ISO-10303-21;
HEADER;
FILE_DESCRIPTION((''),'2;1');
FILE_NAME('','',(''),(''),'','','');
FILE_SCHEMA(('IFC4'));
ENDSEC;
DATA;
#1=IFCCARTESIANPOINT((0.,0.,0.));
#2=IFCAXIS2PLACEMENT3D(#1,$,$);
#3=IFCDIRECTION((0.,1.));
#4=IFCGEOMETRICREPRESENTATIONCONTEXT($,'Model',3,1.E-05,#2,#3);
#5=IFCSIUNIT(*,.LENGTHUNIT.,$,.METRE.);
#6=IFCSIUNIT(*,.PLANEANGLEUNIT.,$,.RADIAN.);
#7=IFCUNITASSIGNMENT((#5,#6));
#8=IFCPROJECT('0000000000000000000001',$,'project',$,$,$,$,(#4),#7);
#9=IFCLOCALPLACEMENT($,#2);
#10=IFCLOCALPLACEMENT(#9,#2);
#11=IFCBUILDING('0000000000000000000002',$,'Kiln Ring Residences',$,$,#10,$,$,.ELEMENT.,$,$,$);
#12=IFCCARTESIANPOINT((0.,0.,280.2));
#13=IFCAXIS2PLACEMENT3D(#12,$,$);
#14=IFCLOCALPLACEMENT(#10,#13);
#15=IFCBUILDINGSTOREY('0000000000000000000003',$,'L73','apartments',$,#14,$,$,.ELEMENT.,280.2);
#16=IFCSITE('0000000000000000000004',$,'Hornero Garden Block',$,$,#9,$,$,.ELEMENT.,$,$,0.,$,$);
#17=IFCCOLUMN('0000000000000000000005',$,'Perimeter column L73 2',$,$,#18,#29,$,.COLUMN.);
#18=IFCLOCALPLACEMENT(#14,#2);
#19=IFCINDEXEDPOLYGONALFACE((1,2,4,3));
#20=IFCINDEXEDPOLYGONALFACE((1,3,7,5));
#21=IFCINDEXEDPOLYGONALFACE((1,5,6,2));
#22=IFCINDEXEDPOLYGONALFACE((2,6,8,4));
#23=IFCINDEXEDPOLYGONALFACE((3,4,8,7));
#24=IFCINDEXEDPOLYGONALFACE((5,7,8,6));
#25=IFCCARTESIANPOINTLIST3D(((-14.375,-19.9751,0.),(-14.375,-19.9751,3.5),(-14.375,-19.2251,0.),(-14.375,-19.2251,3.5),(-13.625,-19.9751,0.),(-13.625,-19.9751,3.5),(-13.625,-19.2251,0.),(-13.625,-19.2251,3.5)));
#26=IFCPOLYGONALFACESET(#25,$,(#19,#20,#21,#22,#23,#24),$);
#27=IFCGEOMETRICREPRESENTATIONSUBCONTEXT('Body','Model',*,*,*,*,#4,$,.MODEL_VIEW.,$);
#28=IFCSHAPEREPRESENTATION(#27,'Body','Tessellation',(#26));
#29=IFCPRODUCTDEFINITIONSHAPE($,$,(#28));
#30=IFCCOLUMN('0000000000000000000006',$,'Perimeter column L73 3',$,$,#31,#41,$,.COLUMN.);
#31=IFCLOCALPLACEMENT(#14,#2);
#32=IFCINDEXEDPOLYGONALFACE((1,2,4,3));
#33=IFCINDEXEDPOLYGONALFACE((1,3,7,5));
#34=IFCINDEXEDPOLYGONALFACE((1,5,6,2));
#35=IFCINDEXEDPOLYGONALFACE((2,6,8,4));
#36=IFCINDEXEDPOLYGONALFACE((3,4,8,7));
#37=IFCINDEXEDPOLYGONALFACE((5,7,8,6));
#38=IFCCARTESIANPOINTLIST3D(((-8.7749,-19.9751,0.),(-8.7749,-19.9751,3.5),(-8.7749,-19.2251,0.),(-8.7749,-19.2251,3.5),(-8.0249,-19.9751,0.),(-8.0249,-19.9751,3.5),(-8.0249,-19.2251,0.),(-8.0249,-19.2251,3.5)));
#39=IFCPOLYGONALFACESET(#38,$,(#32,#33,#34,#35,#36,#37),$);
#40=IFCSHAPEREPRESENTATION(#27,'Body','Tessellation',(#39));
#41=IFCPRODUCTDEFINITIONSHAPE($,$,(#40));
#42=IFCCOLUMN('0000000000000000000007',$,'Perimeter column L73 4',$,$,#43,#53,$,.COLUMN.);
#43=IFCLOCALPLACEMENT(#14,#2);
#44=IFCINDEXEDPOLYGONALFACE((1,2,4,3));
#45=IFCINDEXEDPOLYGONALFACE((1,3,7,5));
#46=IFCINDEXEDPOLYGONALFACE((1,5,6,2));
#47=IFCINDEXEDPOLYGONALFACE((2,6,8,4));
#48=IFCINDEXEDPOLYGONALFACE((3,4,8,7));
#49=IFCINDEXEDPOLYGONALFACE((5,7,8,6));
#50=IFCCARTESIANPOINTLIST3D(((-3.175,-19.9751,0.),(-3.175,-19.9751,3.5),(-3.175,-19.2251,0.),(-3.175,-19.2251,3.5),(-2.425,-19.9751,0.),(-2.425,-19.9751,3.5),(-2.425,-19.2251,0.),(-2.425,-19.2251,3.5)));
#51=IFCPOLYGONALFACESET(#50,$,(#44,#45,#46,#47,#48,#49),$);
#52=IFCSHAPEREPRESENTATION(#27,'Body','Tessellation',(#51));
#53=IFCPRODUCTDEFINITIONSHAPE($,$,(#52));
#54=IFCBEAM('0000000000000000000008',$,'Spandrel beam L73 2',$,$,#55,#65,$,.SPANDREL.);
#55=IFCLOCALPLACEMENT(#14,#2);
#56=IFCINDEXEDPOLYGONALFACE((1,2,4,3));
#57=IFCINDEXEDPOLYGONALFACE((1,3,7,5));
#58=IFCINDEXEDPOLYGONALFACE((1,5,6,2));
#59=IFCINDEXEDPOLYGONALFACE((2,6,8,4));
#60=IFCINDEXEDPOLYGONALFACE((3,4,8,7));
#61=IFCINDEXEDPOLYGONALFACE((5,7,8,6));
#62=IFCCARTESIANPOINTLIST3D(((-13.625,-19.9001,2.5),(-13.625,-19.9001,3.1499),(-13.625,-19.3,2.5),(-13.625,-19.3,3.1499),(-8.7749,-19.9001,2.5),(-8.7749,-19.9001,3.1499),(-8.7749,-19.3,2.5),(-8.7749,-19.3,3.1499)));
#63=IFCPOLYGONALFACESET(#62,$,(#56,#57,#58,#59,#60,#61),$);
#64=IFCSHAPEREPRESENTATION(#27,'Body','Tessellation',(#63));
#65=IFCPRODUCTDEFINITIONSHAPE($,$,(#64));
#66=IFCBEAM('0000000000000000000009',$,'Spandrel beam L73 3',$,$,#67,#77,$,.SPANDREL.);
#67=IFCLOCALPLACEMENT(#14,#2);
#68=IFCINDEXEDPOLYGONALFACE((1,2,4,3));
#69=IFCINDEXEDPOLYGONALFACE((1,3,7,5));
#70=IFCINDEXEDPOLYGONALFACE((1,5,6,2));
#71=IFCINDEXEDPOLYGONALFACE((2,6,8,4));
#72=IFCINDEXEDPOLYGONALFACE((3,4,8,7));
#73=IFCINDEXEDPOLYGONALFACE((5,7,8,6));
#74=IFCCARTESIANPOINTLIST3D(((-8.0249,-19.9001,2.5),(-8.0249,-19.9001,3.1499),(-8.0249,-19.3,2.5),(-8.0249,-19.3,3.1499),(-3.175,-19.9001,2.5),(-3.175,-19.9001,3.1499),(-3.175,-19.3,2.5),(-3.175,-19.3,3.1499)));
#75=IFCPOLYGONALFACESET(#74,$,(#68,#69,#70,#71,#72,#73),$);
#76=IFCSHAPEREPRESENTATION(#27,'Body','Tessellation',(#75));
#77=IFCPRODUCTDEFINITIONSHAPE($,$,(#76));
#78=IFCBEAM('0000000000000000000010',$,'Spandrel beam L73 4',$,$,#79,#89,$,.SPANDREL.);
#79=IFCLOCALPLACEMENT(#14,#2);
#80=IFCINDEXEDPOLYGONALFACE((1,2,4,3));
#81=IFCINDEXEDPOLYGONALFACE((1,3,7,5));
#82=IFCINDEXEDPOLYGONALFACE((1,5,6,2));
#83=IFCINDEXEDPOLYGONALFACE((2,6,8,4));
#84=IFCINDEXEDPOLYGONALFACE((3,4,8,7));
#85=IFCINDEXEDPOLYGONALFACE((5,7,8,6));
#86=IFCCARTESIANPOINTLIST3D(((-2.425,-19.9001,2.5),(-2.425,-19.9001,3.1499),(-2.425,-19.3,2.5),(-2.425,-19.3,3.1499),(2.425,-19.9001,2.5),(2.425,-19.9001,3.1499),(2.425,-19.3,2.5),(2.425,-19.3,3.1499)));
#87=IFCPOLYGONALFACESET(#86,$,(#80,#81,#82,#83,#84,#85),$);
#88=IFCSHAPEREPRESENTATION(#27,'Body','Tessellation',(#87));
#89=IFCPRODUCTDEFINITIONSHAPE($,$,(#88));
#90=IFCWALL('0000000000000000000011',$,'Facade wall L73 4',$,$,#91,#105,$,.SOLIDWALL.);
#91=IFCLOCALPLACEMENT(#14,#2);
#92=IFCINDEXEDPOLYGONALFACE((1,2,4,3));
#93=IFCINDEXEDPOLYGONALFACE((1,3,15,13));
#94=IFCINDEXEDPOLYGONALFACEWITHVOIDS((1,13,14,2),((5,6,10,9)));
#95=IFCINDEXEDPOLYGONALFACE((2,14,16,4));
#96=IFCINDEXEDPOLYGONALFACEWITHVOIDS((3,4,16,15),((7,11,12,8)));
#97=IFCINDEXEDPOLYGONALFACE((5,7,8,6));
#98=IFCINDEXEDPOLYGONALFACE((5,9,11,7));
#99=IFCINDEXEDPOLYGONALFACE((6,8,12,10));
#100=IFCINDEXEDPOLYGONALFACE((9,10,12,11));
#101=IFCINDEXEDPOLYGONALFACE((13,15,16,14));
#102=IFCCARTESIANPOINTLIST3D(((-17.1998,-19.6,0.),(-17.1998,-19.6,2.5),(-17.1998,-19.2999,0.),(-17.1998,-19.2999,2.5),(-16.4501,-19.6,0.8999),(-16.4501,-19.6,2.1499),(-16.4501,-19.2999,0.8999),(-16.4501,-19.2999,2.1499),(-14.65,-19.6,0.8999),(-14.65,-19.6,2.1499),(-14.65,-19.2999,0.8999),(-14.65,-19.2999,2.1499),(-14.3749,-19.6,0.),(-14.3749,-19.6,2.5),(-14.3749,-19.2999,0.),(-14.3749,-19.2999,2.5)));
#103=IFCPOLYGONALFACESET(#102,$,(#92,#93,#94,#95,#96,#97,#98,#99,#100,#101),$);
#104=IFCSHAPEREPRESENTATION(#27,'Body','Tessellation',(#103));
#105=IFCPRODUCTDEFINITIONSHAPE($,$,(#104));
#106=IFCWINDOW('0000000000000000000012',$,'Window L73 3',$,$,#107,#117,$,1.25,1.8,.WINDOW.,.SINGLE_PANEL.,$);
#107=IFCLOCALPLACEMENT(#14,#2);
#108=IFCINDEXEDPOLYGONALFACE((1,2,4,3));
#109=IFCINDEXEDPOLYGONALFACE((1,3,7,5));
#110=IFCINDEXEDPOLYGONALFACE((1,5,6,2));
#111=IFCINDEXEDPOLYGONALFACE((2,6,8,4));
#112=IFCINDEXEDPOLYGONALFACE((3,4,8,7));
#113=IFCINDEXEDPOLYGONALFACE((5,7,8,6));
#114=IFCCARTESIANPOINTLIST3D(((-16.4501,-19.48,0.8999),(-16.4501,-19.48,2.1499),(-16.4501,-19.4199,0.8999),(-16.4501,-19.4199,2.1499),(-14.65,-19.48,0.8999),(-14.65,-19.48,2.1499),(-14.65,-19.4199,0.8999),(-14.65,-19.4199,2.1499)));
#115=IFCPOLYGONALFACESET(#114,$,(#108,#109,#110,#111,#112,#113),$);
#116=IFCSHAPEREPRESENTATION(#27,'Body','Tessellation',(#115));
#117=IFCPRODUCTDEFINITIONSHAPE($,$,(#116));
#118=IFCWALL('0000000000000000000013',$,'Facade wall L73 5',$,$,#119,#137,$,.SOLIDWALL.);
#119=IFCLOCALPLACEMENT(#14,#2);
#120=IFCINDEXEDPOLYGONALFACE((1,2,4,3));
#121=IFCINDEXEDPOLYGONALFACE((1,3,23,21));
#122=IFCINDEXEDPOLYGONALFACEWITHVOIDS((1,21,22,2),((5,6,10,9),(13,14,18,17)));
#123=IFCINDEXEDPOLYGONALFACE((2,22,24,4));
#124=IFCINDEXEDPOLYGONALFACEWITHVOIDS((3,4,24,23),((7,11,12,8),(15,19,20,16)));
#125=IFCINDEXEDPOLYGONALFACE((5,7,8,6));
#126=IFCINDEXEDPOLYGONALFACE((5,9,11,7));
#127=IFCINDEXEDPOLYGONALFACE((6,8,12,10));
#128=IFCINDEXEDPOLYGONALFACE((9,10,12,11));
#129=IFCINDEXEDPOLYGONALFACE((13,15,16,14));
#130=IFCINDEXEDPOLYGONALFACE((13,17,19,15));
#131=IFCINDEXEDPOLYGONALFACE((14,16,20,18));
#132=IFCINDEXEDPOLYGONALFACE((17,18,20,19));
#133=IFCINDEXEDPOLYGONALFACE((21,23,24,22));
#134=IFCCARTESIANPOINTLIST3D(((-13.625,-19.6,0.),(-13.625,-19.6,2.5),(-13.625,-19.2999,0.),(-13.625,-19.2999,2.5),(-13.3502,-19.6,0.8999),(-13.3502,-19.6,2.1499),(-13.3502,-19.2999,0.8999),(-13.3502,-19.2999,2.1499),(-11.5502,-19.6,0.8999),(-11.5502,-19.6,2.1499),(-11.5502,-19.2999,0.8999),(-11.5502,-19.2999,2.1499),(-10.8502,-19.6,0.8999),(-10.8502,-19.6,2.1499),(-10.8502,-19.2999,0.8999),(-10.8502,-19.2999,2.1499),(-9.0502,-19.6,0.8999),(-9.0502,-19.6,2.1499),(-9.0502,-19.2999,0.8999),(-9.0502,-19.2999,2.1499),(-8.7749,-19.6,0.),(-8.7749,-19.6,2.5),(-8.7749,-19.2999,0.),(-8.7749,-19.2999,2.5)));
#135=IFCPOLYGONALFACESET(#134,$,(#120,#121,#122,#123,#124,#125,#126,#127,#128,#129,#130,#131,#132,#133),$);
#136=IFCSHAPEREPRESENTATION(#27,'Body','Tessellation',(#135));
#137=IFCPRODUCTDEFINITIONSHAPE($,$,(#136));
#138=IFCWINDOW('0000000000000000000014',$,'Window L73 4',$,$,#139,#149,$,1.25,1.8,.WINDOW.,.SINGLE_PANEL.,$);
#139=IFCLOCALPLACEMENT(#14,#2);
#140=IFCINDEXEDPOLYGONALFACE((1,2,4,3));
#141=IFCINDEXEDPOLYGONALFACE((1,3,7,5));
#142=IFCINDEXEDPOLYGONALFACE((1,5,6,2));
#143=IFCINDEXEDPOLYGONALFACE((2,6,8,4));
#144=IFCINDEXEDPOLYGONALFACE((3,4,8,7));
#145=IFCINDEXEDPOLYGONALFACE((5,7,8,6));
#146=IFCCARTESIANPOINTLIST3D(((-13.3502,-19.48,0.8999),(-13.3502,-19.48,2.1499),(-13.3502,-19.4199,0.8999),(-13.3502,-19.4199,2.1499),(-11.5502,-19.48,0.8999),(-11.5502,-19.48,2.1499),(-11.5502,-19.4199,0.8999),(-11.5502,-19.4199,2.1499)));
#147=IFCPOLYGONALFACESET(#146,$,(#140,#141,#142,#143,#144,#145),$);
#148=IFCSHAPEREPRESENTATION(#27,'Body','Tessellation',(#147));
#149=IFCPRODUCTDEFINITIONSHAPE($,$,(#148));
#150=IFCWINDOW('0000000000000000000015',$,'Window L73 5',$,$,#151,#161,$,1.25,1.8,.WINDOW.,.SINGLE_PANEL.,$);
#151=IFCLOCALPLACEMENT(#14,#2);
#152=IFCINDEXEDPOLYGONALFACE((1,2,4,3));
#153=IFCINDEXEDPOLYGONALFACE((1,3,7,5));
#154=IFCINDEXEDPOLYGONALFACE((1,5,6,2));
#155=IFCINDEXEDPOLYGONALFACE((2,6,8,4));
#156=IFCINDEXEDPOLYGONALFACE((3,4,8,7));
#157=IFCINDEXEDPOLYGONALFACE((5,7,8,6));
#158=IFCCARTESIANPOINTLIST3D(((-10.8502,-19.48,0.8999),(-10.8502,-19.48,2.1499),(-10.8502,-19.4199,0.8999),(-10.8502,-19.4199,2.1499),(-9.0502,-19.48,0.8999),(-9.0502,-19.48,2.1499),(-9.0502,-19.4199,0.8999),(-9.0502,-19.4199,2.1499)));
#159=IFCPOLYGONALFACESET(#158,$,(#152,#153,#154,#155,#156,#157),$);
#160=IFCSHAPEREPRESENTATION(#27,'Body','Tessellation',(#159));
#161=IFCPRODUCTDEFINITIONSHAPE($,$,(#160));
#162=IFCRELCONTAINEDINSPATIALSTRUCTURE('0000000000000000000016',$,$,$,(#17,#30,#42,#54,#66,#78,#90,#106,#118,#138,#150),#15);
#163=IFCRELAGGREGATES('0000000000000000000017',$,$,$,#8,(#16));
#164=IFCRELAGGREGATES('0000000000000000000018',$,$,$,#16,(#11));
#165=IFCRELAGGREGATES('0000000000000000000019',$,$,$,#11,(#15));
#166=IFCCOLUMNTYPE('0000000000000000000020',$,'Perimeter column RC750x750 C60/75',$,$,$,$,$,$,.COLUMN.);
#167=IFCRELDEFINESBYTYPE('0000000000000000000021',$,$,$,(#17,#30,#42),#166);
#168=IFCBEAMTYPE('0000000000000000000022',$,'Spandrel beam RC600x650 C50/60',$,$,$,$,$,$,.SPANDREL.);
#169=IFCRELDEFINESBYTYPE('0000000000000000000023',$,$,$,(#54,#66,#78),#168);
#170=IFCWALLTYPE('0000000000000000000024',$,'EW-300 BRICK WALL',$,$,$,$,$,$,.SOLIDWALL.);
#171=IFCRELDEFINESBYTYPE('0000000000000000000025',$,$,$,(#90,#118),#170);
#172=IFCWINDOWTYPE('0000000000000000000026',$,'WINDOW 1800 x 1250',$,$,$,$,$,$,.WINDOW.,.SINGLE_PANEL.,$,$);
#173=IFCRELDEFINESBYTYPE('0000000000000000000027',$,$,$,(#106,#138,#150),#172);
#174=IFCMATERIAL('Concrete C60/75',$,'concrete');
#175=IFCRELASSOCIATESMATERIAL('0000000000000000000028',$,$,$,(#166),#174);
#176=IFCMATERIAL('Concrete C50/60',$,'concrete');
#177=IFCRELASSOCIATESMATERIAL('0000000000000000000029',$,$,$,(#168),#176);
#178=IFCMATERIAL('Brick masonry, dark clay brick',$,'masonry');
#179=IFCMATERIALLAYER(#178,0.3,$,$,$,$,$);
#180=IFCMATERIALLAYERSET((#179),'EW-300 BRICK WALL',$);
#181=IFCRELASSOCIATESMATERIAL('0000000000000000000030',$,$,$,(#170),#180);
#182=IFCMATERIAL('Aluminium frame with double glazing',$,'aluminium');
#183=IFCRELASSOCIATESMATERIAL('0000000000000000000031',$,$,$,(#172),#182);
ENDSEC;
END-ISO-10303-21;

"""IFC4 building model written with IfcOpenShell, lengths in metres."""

from ifc_helpers import new_model, si_unit, direction, frame, frame_2d, origin, origin_2d, place, context, subcontext, project, spatial, rectangle, extrude, material, layer, layer_set, material_profile, profile_set, type_object, element, fill, save


model = new_model("IFC4")

# Units and contexts
model_context = context("Model", 3, precision=1e-05, world=origin(), true_north=direction((0.0, 1.0)))
body_context = subcontext(model_context, "Body", "Model", "MODEL_VIEW")
ifc_project = project(units=[si_unit("LENGTHUNIT", "METRE"), si_unit("PLANEANGLEUNIT", "RADIAN")], contexts=[model_context])

# Site, building, storey
site_placement = place(None, origin())
site = spatial("IfcSite", under=ifc_project, at=site_placement, Name="Hornero Garden Block", CompositionType="ELEMENT", RefElevation=0.0)
building_placement = place(site_placement, origin())
building = spatial("IfcBuilding", under=site, at=building_placement, Name="Kiln Ring Residences", CompositionType="ELEMENT")
storey_placement = place(building_placement, frame((0.0, 0.0, 280.2)))
storey = spatial("IfcBuildingStorey", under=building, at=storey_placement, Name="L73", Description="apartments", CompositionType="ELEMENT", Elevation=280.2)

# Columns
ifc_material_1 = material(Name="Concrete C60/75", Category="concrete")
ifc_material_profile_1 = material_profile(ifc_material_1, rectangle(XDim=0.75, YDim=0.75, at=origin_2d()), Name="RC750x750")
ifc_profile_set_1 = profile_set([ifc_material_profile_1], Name="Concrete C60/75")
column_type = type_object("IfcColumnType", Name="Perimeter column RC750x750 C60/75", PredefinedType="COLUMN", material=ifc_profile_set_1)
for number, where, z_axis, x_axis, name in (
    (1, (-14.0, -19.6001, 0.0), (0.0, 0.0, 1.0), (1.0, 0.0, 0.0), "Perimeter column L73 2"),
    (2, (-8.3999, -19.6001, 0.0), (0.0, 0.0, 1.0), (1.0, 0.0, 0.0), "Perimeter column L73 3"),
    (3, (-2.8, -19.6001, 0.0), (0.0, 0.0, 1.0), (1.0, 0.0, 0.0), "Perimeter column L73 4"),
):
    element("IfcColumn", number, at=place(storey_placement, frame(where, z_axis=z_axis, x_axis=x_axis)), inside=storey, type_object=column_type, Name=name, PredefinedType="COLUMN", context=body_context, shape_type="SweptSolid", body=[
        extrude(rectangle(XDim=0.75, YDim=0.75, at=origin_2d()), origin(), (0.0, 0.0, 1.0), 3.5),
    ])

# Beams
ifc_material_2 = material(Name="Concrete C50/60", Category="concrete")
ifc_material_profile_2 = material_profile(ifc_material_2, rectangle(XDim=0.6001, YDim=0.6499, at=origin_2d()), Name="RC600x650")
ifc_profile_set_2 = profile_set([ifc_material_profile_2], Name="Concrete C50/60")
beam_type = type_object("IfcBeamType", Name="Spandrel beam RC600x650 C50/60", PredefinedType="SPANDREL", material=ifc_profile_set_2)
beam_1_placement = place(storey_placement, frame((-13.625, -19.6001, 2.825), z_axis=(1.0, 0.0, 0.0), x_axis=(0.0, 1.0, 0.0)))
element("IfcBeam", 4, at=beam_1_placement, inside=storey, type_object=beam_type, Name="Spandrel beam L73 2", PredefinedType="SPANDREL", context=body_context, shape_type="SweptSolid", body=[
    extrude(rectangle(XDim=0.6001, YDim=0.6499, at=origin_2d()), origin(), (0.0, 0.0, 1.0), 4.8501),
])
beam_2_placement = place(storey_placement, frame((-8.0249, -19.6001, 2.825), z_axis=(1.0, 0.0, 0.0), x_axis=(0.0, 1.0, 0.0)))
element("IfcBeam", 5, at=beam_2_placement, inside=storey, type_object=beam_type, Name="Spandrel beam L73 3", PredefinedType="SPANDREL", context=body_context, shape_type="SweptSolid", body=[
    extrude(rectangle(XDim=0.6001, YDim=0.6499, at=origin_2d()), origin(), (0.0, 0.0, 1.0), 4.8499),
])
beam_3_placement = place(storey_placement, frame((-2.425, -19.6001, 2.825), z_axis=(1.0, 0.0, 0.0), x_axis=(0.0, 1.0, 0.0)))
element("IfcBeam", 6, at=beam_3_placement, inside=storey, type_object=beam_type, Name="Spandrel beam L73 4", PredefinedType="SPANDREL", context=body_context, shape_type="SweptSolid", body=[
    extrude(rectangle(XDim=0.6001, YDim=0.6499, at=origin_2d()), origin(), (0.0, 0.0, 1.0), 4.8501),
])

# Wall, opening, window
ifc_material_3 = material(Name="Brick masonry, dark clay brick", Category="masonry")
ifc_layer_1 = layer(ifc_material_3, 0.3)
ifc_layer_set_1 = layer_set([ifc_layer_1], Name="EW-300 BRICK WALL")
wall_type_1 = type_object("IfcWallType", Name="EW-300 BRICK WALL", PredefinedType="SOLIDWALL", material=ifc_layer_set_1)
wall_1_placement = place(storey_placement, frame((-17.2, -19.45, 0.0), z_axis=(0.0, 0.0, 1.0), x_axis=(1.0, 0.0, 0.0)))
wall_1 = element("IfcWall", 7, at=wall_1_placement, inside=storey, type_object=wall_type_1, Name="Facade wall L73 4", PredefinedType="SOLIDWALL", context=body_context, shape_type="SweptSolid", body=[
    extrude(rectangle(XDim=2.825, YDim=0.3, at=frame_2d((1.4126, 0.0))), origin(), (0.0, 0.0, 1.0), 2.5),
])
opening_1_placement = place(wall_1_placement, frame((0.75, 0.0, 0.8999)))
opening_1 = element("IfcOpeningElement", 8, at=opening_1_placement, cuts=wall_1, PredefinedType="OPENING", context=body_context, shape_type="SweptSolid", body=[
    extrude(rectangle(XDim=1.8, YDim=1.25, at=frame_2d((0.8999, 0.625))), frame((0.0, 0.1599, 0.0), z_axis=(0.0, -1.0, 0.0), x_axis=(1.0, 0.0, 0.0)), (0.0, 0.0, 1.0), 0.3201),
])
ifc_material_4 = material(Name="Aluminium frame with double glazing", Category="aluminium")
window_type_1 = type_object("IfcWindowType", Name="WINDOW 1800 x 1250", PartitioningType="SINGLE_PANEL", PredefinedType="WINDOW", material=ifc_material_4)
window_1_placement = place(opening_1_placement, origin())
window_1 = element("IfcWindow", 9, at=window_1_placement, inside=storey, type_object=window_type_1, Name="Window L73 3", OverallHeight=1.25, OverallWidth=1.8, PartitioningType="SINGLE_PANEL", PredefinedType="WINDOW", context=body_context, shape_type="SweptSolid", body=[
    extrude(rectangle(XDim=1.8, YDim=1.25, at=frame_2d((0.8999, 0.625))), frame((0.0, 0.03, 0.0), z_axis=(0.0, -1.0, 0.0), x_axis=(1.0, 0.0, 0.0)), (0.0, 0.0, 1.0), 0.0601),
])
fill(opening_1, window_1)

# Wall, openings, windows
wall_2_placement = place(storey_placement, frame((-13.625, -19.45, 0.0), z_axis=(0.0, 0.0, 1.0), x_axis=(1.0, 0.0, 0.0)))
wall_2 = element("IfcWall", 10, at=wall_2_placement, inside=storey, type_object=wall_type_1, Name="Facade wall L73 5", PredefinedType="SOLIDWALL", context=body_context, shape_type="SweptSolid", body=[
    extrude(rectangle(XDim=4.8501, YDim=0.3, at=frame_2d((2.425, 0.0))), origin(), (0.0, 0.0, 1.0), 2.5),
])
opening_2_placement = place(wall_2_placement, frame((0.2749, 0.0, 0.8999)))
opening_2 = element("IfcOpeningElement", 11, at=opening_2_placement, cuts=wall_2, PredefinedType="OPENING", context=body_context, shape_type="SweptSolid", body=[
    extrude(rectangle(XDim=1.8, YDim=1.25, at=frame_2d((0.8999, 0.625))), frame((0.0, 0.1599, 0.0), z_axis=(0.0, -1.0, 0.0), x_axis=(1.0, 0.0, 0.0)), (0.0, 0.0, 1.0), 0.3201),
])
opening_3_placement = place(wall_2_placement, frame((2.7749, 0.0, 0.8999)))
opening_3 = element("IfcOpeningElement", 12, at=opening_3_placement, cuts=wall_2, PredefinedType="OPENING", context=body_context, shape_type="SweptSolid", body=[
    extrude(rectangle(XDim=1.8, YDim=1.25, at=frame_2d((0.8999, 0.625))), frame((0.0, 0.1599, 0.0), z_axis=(0.0, -1.0, 0.0), x_axis=(1.0, 0.0, 0.0)), (0.0, 0.0, 1.0), 0.3201),
])
window_2_placement = place(opening_2_placement, origin())
window_2 = element("IfcWindow", 13, at=window_2_placement, inside=storey, type_object=window_type_1, Name="Window L73 4", OverallHeight=1.25, OverallWidth=1.8, PartitioningType="SINGLE_PANEL", PredefinedType="WINDOW", context=body_context, shape_type="SweptSolid", body=[
    extrude(rectangle(XDim=1.8, YDim=1.25, at=frame_2d((0.8999, 0.625))), frame((0.0, 0.03, 0.0), z_axis=(0.0, -1.0, 0.0), x_axis=(1.0, 0.0, 0.0)), (0.0, 0.0, 1.0), 0.0601),
])
fill(opening_2, window_2)
window_3_placement = place(opening_3_placement, origin())
window_3 = element("IfcWindow", 14, at=window_3_placement, inside=storey, type_object=window_type_1, Name="Window L73 5", OverallHeight=1.25, OverallWidth=1.8, PartitioningType="SINGLE_PANEL", PredefinedType="WINDOW", context=body_context, shape_type="SweptSolid", body=[
    extrude(rectangle(XDim=1.8, YDim=1.25, at=frame_2d((0.8999, 0.625))), frame((0.0, 0.03, 0.0), z_axis=(0.0, -1.0, 0.0), x_axis=(1.0, 0.0, 0.0)), (0.0, 0.0, 1.0), 0.0601),
])
fill(opening_3, window_3)

save(model, "model.ifc")
